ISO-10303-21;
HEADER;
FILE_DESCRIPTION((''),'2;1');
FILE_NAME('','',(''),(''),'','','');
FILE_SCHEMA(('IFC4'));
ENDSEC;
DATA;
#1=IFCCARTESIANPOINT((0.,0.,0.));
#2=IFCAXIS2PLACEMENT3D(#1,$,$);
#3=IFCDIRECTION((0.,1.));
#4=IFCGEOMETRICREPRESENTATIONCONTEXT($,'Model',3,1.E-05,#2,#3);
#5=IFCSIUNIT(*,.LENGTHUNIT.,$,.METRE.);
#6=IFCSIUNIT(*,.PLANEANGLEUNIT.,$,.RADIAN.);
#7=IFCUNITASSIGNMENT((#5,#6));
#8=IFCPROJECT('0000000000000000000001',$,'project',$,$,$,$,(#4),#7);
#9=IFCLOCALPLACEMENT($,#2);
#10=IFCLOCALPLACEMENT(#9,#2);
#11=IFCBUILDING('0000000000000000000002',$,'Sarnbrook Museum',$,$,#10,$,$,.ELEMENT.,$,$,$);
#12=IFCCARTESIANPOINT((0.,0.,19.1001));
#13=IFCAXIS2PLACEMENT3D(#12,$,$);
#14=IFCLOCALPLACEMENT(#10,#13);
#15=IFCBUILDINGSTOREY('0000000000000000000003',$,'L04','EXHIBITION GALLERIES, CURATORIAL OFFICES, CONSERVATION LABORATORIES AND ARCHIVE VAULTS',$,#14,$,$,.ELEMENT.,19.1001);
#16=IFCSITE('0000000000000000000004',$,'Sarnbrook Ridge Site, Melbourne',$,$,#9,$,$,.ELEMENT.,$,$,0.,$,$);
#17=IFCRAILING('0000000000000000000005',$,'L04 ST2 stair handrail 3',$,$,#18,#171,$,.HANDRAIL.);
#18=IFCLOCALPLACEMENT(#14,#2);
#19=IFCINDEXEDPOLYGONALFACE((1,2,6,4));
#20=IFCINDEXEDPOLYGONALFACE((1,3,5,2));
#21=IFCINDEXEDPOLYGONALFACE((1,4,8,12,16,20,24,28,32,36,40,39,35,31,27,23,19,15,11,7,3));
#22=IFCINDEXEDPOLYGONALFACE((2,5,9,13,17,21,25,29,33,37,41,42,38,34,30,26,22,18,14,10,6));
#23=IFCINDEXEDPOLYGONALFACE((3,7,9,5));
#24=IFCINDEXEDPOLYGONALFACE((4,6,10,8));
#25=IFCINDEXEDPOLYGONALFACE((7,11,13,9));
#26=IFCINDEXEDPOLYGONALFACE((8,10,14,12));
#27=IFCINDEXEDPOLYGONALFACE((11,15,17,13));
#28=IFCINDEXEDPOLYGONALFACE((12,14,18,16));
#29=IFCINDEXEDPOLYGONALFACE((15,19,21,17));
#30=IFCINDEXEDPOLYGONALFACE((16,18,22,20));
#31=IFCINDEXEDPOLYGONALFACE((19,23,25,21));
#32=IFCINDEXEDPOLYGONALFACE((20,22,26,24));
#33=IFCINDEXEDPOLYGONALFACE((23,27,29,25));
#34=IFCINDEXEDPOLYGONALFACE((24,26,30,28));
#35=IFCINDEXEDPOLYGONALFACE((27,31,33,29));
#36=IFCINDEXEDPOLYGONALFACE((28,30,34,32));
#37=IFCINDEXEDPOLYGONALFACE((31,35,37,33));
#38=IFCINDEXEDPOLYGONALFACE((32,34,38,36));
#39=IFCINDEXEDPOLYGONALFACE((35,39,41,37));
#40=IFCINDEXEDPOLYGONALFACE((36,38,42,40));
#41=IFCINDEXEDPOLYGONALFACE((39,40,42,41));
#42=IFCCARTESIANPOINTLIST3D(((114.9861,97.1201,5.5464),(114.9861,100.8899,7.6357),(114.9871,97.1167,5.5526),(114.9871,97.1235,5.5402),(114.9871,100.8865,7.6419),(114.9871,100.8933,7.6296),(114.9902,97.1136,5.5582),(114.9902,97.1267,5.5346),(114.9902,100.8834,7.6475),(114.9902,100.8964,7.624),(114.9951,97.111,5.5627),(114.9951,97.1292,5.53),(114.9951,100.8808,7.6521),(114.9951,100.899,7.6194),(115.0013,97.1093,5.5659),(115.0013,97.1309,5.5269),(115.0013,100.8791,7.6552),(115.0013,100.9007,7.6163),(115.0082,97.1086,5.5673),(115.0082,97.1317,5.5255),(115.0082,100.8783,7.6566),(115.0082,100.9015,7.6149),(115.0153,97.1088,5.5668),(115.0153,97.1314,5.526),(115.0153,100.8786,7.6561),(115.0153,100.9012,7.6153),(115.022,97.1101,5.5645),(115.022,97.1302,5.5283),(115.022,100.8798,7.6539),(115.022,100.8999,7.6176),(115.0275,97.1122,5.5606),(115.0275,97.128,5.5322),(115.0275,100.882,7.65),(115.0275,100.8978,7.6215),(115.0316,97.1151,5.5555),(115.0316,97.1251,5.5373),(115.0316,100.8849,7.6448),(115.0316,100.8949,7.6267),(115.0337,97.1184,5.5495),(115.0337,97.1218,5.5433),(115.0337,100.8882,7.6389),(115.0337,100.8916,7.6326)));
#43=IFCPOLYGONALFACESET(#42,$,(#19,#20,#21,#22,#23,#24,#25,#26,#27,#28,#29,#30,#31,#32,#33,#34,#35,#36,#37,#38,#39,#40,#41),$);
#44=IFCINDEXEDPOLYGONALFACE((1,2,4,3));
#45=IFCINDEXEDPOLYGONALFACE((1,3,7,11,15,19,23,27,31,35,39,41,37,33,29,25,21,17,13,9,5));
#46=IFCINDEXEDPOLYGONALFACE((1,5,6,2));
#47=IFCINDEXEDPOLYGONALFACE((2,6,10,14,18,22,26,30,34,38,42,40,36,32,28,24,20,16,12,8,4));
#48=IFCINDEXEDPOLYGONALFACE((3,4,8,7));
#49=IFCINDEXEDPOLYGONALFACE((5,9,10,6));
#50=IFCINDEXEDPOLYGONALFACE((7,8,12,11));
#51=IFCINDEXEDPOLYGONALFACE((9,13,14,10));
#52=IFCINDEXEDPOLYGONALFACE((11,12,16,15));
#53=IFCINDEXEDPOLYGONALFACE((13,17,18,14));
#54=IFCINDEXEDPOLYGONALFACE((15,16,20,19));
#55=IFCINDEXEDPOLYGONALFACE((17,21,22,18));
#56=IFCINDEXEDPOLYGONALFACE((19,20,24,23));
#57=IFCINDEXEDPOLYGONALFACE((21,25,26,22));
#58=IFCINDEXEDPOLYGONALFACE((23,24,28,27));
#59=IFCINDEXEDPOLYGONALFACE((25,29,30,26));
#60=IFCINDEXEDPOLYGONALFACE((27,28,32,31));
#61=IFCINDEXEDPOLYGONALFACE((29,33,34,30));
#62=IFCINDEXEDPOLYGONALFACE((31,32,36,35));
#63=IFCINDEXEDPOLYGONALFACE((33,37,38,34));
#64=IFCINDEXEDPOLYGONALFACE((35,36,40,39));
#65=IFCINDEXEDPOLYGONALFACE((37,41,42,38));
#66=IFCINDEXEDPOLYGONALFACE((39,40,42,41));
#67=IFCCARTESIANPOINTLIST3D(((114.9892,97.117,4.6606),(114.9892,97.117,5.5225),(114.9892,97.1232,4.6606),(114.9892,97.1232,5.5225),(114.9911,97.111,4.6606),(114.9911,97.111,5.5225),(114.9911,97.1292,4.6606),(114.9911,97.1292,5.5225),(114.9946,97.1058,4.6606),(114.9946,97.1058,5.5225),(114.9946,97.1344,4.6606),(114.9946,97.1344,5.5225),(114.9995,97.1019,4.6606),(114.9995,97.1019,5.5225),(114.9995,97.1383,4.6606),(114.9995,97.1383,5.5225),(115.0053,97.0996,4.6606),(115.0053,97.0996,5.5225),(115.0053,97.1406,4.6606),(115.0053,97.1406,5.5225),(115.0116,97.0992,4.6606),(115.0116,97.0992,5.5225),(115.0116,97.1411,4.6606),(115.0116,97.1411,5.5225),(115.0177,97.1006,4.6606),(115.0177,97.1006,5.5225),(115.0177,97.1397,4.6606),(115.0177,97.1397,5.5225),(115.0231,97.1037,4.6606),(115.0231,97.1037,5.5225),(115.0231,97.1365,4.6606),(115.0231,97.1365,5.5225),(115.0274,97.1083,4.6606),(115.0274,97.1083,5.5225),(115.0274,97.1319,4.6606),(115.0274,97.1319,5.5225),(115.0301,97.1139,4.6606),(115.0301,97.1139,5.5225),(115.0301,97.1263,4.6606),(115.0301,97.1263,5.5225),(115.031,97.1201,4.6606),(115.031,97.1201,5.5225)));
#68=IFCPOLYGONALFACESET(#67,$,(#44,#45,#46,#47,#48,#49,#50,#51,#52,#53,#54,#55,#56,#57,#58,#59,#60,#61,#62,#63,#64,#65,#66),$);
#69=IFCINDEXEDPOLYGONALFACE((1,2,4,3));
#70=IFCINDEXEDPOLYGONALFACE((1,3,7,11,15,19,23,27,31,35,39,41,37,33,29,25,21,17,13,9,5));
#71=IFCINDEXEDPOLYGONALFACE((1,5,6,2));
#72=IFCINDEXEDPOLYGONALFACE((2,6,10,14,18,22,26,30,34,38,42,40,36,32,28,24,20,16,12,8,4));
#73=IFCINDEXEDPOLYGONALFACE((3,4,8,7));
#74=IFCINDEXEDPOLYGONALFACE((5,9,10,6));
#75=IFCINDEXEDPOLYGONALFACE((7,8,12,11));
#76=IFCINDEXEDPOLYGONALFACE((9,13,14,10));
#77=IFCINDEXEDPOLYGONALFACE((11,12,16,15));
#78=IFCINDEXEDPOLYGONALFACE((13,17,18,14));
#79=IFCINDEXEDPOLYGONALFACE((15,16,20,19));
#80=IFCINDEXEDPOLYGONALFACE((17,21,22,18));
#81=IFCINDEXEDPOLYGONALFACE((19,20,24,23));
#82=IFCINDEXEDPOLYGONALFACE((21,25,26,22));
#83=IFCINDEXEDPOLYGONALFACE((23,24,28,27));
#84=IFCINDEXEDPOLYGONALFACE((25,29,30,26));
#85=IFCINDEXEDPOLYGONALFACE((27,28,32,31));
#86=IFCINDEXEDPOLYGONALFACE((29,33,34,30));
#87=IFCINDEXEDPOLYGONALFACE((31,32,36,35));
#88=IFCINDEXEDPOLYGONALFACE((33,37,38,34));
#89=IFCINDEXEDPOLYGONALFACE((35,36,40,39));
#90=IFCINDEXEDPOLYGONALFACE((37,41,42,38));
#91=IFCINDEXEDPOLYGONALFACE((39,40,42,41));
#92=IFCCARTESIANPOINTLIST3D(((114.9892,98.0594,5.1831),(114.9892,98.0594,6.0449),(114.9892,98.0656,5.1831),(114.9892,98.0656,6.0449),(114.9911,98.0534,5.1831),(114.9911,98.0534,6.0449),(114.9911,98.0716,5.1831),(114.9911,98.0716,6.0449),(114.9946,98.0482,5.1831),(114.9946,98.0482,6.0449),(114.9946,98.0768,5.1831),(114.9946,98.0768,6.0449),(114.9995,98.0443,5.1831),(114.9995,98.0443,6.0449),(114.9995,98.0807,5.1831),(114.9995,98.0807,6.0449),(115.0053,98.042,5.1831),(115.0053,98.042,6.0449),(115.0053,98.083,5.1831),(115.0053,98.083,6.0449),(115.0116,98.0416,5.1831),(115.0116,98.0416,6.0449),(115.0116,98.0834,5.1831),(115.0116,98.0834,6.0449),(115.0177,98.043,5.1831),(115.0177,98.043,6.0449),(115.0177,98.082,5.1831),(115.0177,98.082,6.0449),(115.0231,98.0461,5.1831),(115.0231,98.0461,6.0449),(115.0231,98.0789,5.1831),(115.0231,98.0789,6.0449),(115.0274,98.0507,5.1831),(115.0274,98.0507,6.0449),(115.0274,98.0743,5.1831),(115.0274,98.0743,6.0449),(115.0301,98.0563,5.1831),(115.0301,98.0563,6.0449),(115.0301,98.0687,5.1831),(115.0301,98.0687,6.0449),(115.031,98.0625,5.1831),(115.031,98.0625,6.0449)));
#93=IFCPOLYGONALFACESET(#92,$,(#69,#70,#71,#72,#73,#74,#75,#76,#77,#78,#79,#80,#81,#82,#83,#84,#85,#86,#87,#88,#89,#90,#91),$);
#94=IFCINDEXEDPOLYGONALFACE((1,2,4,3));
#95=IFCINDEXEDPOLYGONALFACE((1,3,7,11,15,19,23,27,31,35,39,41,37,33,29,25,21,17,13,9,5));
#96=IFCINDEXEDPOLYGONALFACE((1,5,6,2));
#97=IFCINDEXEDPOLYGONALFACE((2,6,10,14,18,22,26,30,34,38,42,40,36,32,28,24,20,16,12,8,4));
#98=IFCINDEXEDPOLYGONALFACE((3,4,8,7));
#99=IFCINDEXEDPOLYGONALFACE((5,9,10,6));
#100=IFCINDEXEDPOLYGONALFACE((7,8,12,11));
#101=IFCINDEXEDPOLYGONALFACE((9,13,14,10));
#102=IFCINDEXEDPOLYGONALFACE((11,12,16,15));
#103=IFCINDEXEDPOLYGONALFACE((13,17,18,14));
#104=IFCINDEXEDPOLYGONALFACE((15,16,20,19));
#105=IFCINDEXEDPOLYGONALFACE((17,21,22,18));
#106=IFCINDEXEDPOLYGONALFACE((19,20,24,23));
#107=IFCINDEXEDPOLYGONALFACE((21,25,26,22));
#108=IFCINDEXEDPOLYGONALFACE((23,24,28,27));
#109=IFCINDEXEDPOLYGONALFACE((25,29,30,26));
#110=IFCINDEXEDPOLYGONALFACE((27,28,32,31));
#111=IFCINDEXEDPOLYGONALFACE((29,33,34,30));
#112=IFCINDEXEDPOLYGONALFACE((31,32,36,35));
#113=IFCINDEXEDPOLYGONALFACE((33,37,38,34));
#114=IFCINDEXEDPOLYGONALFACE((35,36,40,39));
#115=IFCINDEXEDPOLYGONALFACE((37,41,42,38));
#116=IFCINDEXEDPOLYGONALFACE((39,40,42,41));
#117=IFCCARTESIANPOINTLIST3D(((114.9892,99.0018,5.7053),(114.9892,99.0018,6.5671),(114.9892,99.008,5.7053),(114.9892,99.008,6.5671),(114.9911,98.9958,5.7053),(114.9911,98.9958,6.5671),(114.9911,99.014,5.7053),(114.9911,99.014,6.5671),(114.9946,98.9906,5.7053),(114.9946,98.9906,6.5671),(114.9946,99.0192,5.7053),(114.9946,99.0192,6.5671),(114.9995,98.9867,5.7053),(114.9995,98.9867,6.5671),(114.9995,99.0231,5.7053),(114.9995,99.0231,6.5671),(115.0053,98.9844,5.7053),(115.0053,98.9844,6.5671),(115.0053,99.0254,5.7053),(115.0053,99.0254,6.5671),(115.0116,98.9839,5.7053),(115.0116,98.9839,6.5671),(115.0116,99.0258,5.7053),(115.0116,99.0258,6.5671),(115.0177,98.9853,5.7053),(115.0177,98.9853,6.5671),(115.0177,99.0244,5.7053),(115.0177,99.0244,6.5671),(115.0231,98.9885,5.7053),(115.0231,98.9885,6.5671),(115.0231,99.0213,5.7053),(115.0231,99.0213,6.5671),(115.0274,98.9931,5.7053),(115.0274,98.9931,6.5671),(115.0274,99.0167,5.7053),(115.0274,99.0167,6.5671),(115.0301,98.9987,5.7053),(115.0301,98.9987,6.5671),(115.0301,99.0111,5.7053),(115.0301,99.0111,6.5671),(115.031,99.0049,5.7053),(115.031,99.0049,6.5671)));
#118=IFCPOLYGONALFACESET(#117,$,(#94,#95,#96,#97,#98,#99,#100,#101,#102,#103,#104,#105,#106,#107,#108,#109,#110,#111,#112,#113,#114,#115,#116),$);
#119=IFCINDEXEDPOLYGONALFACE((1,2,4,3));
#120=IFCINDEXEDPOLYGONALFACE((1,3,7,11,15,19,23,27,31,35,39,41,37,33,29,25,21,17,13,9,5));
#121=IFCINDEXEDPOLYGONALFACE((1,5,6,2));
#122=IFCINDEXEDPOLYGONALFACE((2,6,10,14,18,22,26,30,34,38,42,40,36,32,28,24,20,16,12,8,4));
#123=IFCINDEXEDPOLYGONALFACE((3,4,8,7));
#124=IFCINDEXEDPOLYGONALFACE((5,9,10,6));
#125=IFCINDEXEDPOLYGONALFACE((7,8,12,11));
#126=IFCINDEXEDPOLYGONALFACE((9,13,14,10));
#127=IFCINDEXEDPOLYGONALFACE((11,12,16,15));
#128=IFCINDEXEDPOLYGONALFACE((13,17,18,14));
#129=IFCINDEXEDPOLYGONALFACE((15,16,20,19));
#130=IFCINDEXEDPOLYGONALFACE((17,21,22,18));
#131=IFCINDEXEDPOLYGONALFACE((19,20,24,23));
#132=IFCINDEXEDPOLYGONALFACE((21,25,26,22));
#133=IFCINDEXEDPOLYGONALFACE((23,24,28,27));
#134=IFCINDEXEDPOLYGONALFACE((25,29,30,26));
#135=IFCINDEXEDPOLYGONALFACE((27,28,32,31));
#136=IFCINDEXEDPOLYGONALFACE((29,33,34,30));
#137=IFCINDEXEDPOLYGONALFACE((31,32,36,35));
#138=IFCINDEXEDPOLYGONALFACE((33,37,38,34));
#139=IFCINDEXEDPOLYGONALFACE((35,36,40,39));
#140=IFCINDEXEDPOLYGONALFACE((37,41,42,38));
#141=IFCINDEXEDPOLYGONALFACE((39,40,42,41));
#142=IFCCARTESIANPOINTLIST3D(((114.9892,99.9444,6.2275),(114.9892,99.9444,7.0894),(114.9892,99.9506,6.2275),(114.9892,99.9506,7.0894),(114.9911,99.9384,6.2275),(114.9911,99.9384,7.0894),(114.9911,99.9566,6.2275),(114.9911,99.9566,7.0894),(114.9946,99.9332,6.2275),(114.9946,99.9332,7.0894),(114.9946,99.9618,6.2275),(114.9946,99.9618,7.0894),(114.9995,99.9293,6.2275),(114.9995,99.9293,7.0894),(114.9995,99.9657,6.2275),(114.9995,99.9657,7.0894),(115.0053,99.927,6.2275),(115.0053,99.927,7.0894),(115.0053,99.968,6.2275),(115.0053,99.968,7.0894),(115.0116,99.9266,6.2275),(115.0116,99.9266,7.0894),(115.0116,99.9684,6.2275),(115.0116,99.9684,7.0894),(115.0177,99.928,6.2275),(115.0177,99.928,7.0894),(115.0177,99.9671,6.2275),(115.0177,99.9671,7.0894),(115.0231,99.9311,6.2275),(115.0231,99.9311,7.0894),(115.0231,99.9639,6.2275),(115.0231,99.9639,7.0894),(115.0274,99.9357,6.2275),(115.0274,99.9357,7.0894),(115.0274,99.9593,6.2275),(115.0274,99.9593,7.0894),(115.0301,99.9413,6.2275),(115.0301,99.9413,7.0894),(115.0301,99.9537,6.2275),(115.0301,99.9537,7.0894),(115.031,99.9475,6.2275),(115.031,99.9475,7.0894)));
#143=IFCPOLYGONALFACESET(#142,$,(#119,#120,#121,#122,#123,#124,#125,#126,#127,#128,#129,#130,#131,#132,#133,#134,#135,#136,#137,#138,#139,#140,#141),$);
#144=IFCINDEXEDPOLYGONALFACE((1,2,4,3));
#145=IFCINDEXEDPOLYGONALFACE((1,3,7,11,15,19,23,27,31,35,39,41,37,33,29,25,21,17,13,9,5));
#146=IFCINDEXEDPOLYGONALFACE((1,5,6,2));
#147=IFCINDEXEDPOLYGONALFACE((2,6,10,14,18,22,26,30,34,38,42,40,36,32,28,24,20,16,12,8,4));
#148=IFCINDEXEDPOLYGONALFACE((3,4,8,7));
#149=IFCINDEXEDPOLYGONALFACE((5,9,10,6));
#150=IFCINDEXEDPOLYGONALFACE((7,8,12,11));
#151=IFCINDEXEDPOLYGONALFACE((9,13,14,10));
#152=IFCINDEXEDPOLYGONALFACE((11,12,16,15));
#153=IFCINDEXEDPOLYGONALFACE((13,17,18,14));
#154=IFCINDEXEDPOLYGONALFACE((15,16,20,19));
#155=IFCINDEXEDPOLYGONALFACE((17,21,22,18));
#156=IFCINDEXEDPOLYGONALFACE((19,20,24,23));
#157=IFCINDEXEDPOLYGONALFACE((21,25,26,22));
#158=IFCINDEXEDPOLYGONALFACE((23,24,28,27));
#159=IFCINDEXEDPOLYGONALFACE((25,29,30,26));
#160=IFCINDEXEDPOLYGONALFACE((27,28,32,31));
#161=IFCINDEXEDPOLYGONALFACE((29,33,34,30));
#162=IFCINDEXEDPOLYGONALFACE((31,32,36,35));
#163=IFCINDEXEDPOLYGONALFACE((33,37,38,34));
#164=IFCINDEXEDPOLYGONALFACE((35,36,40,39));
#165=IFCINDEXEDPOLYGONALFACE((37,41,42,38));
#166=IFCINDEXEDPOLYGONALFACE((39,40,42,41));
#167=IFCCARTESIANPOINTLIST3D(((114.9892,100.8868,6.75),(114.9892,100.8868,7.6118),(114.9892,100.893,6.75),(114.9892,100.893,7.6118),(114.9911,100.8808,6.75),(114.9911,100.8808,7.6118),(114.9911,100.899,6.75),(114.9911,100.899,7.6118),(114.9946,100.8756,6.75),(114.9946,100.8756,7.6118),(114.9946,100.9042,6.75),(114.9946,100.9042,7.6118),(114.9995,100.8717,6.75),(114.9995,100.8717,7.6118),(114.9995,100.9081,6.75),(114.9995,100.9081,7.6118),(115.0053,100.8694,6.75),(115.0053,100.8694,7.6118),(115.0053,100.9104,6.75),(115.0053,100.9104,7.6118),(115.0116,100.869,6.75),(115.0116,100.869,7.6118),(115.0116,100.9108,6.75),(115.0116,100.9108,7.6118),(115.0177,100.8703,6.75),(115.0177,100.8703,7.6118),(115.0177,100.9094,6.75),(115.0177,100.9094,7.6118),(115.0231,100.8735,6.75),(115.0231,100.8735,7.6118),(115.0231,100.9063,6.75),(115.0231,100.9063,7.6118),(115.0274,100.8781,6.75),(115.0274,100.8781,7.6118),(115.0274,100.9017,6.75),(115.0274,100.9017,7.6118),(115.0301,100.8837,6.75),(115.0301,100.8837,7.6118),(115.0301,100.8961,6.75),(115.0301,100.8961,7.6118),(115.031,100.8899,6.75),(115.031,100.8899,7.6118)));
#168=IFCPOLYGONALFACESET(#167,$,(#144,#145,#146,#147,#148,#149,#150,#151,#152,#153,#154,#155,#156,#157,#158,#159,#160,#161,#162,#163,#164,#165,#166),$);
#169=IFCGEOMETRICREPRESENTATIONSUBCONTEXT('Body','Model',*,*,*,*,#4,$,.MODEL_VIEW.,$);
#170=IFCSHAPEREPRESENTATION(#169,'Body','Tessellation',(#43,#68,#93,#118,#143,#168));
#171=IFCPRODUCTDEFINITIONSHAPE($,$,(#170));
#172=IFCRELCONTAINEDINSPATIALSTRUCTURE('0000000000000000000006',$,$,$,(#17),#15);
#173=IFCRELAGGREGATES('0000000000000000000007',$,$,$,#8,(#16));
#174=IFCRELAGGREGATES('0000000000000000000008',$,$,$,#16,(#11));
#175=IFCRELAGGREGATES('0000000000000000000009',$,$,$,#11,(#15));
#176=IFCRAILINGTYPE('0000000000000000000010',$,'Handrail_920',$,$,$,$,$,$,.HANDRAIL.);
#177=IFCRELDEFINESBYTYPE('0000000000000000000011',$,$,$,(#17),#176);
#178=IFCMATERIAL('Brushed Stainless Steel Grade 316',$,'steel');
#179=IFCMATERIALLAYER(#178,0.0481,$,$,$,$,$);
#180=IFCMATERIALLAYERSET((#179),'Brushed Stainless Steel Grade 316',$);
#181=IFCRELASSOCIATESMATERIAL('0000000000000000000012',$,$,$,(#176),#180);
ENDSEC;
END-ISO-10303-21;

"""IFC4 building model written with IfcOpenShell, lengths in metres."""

from ifc_helpers import new_model, si_unit, direction, frame, origin, origin_2d, place, context, subcontext, project, spatial, circle, extrude, material, layer, layer_set, type_object, element, save


model = new_model("IFC4")

# Units and contexts
model_context = context("Model", 3, precision=1e-05, world=origin(), true_north=direction((0.0, 1.0)))
body_context = subcontext(model_context, "Body", "Model", "MODEL_VIEW")
ifc_project = project(units=[si_unit("LENGTHUNIT", "METRE"), si_unit("PLANEANGLEUNIT", "RADIAN")], contexts=[model_context])

# Site, building, storey
site_placement = place(None, origin())
site = spatial("IfcSite", under=ifc_project, at=site_placement, Name="Sarnbrook Ridge Site, Melbourne", CompositionType="ELEMENT", RefElevation=0.0)
building_placement = place(site_placement, origin())
building = spatial("IfcBuilding", under=site, at=building_placement, Name="Sarnbrook Museum", CompositionType="ELEMENT")
storey_placement = place(building_placement, frame((0.0, 0.0, 19.1001)))
storey = spatial("IfcBuildingStorey", under=building, at=storey_placement, Name="L04", Description="EXHIBITION GALLERIES, CURATORIAL OFFICES, CONSERVATION LABORATORIES AND ARCHIVE VAULTS", CompositionType="ELEMENT", Elevation=19.1001)

# Shared definitions
ifc_material_1 = material(Name="Brushed Stainless Steel Grade 316", Category="steel")

# Railing
ifc_layer_1 = layer(ifc_material_1, 0.0481)
ifc_layer_set_1 = layer_set([ifc_layer_1], Name="Brushed Stainless Steel Grade 316")
railing_type_1 = type_object("IfcRailingType", Name="Handrail_920", PredefinedType="HANDRAIL", material=ifc_layer_set_1)
railing_1_placement = place(storey_placement, frame((115.01, 97.1201, 4.6606)))
element("IfcRailing", 1, at=railing_1_placement, inside=storey, type_object=railing_type_1, Name="L04 ST2 stair handrail 3", PredefinedType="HANDRAIL", context=body_context, shape_type="SweptSolid", body=[
    extrude(circle(Radius=0.0239, at=origin_2d()), frame((0.0, 0.0, 0.8857), z_axis=(0.0, 0.874646, 0.484763), x_axis=(-1.0, 0.0, 0.0)), (0.0, 0.0, 1.0), 4.3101),
    extrude(circle(Radius=0.021, at=origin_2d()), origin(), (0.0, 0.0, 1.0), 0.8618),
    extrude(circle(Radius=0.021, at=origin_2d()), frame((0.0, 0.9424, 0.5225)), (0.0, 0.0, 1.0), 0.8618),
    extrude(circle(Radius=0.021, at=origin_2d()), frame((0.0, 1.8848, 1.0447)), (0.0, 0.0, 1.0), 0.8618),
    extrude(circle(Radius=0.021, at=origin_2d()), frame((0.0, 2.8274, 1.5669)), (0.0, 0.0, 1.0), 0.8618),
    extrude(circle(Radius=0.021, at=origin_2d()), frame((0.0, 3.7698, 2.0894)), (0.0, 0.0, 1.0), 0.8618),
])

save(model, "model.ifc")
